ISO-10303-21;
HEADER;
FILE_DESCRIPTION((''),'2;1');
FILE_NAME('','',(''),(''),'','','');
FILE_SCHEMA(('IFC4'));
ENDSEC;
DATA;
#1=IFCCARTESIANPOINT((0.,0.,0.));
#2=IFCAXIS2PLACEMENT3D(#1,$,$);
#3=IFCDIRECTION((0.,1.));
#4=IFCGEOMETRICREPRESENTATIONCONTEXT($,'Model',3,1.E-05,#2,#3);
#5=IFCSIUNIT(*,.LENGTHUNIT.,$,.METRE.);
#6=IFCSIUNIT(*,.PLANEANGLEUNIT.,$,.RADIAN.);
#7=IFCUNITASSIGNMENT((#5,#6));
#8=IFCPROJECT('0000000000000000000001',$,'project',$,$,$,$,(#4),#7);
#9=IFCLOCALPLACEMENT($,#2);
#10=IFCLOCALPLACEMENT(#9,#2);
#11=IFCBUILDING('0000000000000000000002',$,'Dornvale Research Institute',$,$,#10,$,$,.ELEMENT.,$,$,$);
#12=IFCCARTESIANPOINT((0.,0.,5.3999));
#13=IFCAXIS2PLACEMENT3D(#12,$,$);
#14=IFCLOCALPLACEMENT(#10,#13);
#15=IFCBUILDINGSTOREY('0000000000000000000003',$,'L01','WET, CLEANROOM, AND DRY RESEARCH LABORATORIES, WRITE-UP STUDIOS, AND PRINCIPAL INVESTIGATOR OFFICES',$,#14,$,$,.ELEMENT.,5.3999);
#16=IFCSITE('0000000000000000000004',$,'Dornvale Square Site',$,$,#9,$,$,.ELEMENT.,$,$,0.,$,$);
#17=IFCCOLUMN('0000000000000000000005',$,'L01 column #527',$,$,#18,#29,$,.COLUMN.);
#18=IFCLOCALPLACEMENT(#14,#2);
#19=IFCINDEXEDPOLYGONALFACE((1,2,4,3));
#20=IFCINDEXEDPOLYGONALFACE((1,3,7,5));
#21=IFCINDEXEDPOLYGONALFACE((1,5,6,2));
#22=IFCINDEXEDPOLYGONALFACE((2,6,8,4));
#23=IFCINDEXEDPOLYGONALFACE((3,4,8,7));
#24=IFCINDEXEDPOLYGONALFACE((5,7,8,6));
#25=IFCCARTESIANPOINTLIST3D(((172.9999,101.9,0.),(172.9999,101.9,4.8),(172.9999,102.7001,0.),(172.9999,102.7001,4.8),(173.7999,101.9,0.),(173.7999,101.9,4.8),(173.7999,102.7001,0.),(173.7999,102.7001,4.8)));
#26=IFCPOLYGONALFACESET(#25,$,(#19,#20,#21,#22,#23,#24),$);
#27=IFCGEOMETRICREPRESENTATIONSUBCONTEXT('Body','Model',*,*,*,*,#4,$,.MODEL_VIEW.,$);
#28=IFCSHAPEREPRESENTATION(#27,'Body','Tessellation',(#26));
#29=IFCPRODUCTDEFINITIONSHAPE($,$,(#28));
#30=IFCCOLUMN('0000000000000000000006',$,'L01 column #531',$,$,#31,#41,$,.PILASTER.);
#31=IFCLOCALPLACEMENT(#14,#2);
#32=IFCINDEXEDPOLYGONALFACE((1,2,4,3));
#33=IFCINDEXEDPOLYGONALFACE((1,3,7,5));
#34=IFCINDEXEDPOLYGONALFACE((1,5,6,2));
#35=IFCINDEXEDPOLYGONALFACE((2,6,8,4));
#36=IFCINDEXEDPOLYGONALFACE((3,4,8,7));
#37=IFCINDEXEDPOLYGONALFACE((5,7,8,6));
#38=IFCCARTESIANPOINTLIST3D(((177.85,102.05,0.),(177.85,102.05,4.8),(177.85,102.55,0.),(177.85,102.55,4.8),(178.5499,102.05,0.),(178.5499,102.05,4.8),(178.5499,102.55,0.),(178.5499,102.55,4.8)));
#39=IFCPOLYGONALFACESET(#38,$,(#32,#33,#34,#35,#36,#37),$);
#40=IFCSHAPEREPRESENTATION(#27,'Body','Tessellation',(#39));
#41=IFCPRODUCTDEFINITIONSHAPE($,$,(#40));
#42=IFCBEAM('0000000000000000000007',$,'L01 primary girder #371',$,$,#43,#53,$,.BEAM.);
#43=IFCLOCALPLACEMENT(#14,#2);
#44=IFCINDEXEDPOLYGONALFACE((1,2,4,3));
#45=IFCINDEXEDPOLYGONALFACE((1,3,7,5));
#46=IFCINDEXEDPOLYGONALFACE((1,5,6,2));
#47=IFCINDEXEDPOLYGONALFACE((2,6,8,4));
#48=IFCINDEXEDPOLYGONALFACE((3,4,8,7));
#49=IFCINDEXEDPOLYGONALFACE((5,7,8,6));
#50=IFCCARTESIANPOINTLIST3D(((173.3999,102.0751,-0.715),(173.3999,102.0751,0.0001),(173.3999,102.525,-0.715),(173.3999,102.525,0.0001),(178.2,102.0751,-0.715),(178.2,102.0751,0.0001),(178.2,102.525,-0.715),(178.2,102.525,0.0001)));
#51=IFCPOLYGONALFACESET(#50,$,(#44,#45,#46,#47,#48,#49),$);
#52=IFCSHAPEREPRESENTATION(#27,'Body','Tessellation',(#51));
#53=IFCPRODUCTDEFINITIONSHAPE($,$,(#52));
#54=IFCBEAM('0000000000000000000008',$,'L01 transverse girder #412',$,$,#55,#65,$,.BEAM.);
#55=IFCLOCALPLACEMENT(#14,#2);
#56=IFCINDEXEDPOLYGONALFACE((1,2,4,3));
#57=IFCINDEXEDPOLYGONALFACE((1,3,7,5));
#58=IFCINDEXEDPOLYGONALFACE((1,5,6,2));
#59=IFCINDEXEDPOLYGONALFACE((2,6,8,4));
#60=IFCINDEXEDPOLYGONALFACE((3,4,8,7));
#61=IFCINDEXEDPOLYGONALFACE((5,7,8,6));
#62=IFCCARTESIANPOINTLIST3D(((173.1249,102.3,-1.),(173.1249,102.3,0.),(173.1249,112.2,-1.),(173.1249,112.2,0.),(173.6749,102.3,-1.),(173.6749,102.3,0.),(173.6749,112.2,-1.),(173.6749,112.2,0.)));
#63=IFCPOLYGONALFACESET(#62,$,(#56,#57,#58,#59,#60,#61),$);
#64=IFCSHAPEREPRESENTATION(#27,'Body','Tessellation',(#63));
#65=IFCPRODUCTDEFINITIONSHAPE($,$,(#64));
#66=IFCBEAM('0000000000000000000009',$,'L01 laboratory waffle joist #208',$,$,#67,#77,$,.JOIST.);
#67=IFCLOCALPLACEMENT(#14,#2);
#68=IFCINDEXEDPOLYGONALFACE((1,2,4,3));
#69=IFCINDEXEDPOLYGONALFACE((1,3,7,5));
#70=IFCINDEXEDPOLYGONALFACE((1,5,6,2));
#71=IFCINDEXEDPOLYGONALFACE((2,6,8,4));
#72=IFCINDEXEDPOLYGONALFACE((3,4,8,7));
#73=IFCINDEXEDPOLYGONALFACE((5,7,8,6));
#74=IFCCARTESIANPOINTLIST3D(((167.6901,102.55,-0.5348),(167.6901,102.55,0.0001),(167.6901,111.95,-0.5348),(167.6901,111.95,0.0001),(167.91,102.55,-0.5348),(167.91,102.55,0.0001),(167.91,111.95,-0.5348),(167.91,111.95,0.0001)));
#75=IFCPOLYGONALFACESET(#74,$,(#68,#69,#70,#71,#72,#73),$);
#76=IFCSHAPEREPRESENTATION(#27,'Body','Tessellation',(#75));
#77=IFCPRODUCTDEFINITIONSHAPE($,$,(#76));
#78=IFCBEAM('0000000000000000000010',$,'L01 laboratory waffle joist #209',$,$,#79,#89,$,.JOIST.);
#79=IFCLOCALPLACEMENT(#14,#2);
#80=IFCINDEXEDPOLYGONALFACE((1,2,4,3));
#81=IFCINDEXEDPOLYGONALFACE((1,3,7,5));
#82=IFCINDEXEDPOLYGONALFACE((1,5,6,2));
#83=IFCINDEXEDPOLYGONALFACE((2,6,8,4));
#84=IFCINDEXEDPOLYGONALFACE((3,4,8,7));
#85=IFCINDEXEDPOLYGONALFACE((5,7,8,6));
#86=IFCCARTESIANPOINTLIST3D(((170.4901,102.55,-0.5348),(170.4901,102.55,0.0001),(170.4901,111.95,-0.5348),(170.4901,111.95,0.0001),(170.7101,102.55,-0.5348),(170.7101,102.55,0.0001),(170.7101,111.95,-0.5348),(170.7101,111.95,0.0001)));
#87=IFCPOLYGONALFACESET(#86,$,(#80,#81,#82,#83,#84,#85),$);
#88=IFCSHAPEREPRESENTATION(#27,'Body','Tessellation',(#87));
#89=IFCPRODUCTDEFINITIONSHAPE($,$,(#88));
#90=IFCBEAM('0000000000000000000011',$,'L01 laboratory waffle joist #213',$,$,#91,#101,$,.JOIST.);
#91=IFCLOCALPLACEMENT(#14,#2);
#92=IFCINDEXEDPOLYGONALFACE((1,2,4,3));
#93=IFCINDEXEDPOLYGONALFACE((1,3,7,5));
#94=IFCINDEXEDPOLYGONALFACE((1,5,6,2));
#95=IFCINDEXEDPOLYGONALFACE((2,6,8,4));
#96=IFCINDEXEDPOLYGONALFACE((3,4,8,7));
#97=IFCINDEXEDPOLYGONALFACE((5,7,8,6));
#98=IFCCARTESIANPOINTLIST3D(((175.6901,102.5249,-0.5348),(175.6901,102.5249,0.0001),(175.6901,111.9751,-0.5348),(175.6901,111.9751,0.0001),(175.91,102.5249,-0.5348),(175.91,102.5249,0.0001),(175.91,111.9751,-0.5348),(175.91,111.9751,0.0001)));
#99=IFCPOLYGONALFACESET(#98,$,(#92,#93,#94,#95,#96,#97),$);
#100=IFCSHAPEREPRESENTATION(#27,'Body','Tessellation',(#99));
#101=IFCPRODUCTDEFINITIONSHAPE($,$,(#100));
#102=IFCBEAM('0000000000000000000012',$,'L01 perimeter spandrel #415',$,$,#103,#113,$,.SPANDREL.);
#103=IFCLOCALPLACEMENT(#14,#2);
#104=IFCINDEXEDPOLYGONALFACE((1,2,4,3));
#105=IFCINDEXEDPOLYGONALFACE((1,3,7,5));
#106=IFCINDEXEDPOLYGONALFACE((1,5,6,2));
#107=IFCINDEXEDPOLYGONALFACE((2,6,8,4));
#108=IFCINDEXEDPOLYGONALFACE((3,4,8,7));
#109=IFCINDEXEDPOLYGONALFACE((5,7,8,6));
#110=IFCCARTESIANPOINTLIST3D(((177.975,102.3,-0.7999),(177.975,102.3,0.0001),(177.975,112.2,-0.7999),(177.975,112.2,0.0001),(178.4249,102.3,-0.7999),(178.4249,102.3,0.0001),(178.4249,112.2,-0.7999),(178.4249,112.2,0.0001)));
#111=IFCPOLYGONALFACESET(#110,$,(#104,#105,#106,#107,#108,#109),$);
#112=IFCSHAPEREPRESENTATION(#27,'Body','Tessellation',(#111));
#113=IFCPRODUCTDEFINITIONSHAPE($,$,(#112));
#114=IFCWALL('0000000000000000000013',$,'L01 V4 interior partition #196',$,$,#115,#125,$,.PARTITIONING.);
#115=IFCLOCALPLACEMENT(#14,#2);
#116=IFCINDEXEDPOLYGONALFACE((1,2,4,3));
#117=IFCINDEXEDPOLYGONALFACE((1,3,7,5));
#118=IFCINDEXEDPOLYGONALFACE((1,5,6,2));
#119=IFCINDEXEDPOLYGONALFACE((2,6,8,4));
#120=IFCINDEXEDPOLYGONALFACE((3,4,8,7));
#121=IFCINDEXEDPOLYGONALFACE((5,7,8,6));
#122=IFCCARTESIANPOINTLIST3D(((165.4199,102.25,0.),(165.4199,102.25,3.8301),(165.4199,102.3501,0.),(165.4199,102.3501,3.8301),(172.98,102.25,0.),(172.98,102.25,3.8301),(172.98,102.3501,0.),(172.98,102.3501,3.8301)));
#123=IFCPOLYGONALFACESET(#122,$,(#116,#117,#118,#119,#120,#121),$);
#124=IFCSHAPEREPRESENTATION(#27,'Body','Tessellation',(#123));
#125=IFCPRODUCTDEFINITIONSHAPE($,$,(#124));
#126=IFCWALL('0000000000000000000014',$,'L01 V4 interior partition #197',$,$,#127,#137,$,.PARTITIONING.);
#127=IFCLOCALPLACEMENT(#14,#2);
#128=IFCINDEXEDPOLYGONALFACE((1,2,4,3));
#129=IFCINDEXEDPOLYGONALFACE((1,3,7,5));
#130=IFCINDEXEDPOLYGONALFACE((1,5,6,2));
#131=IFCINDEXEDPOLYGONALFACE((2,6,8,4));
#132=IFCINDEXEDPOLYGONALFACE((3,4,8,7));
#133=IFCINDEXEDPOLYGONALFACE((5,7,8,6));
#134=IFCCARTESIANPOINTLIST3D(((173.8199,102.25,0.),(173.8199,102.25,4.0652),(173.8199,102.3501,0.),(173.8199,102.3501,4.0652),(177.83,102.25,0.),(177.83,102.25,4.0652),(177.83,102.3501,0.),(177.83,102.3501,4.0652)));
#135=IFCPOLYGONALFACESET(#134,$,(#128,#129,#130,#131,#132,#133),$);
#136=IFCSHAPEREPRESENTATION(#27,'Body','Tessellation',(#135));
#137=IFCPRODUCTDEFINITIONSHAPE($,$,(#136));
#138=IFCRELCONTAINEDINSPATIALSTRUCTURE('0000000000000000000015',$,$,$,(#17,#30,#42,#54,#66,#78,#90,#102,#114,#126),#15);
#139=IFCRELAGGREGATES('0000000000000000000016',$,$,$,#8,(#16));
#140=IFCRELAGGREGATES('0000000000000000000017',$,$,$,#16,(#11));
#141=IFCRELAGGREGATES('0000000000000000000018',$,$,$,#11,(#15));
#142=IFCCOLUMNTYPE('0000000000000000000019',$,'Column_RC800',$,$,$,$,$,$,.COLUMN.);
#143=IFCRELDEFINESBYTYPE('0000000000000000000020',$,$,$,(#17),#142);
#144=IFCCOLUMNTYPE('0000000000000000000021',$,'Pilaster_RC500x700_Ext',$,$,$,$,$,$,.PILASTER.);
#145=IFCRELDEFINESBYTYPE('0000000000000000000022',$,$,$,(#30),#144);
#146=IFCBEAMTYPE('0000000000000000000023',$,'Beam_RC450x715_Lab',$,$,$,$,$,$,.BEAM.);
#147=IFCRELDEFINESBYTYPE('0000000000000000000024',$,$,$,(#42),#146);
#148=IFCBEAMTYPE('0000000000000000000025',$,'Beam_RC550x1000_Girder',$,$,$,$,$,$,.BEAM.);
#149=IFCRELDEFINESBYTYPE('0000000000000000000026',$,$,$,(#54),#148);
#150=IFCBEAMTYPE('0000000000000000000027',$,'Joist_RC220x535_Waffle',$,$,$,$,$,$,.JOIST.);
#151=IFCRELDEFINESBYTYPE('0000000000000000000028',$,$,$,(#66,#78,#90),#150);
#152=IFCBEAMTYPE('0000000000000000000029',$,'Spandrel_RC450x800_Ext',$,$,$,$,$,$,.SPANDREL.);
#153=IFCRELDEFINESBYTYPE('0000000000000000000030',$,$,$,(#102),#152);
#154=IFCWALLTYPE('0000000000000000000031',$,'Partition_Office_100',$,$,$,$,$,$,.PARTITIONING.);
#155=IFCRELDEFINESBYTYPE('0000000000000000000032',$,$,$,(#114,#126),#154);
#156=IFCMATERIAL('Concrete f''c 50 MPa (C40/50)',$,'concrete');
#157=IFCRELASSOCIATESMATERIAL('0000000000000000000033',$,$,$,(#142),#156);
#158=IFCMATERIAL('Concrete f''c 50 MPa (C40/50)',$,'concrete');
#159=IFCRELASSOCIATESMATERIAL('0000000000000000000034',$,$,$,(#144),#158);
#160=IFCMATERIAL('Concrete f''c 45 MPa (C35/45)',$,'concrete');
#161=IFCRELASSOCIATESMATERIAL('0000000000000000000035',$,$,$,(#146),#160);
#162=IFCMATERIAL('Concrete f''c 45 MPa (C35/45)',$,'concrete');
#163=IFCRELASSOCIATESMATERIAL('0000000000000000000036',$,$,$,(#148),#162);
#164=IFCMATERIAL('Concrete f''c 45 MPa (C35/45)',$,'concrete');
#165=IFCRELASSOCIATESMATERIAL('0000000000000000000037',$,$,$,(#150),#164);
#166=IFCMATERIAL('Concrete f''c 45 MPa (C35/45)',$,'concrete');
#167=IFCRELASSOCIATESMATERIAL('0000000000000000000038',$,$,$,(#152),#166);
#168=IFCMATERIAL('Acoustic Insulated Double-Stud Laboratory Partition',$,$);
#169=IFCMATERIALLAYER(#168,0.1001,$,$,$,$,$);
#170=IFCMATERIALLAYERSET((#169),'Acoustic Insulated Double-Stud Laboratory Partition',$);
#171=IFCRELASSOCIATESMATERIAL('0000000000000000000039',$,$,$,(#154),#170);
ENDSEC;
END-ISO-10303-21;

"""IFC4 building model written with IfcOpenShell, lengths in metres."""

from ifc_helpers import new_model, si_unit, direction, frame, frame_2d, origin, origin_2d, place, context, subcontext, project, spatial, rectangle, extrude, material, layer, layer_set, material_profile, profile_set, type_object, element, save


model = new_model("IFC4")

# Units and contexts
model_context = context("Model", 3, precision=1e-05, world=origin(), true_north=direction((0.0, 1.0)))
body_context = subcontext(model_context, "Body", "Model", "MODEL_VIEW")
ifc_project = project(units=[si_unit("LENGTHUNIT", "METRE"), si_unit("PLANEANGLEUNIT", "RADIAN")], contexts=[model_context])

# Site, building, storey
site_placement = place(None, origin())
site = spatial("IfcSite", under=ifc_project, at=site_placement, Name="Dornvale Square Site", CompositionType="ELEMENT", RefElevation=0.0)
building_placement = place(site_placement, origin())
building = spatial("IfcBuilding", under=site, at=building_placement, Name="Dornvale Research Institute", CompositionType="ELEMENT")
storey_placement = place(building_placement, frame((0.0, 0.0, 5.3999)))
storey = spatial("IfcBuildingStorey", under=building, at=storey_placement, Name="L01", Description="WET, CLEANROOM, AND DRY RESEARCH LABORATORIES, WRITE-UP STUDIOS, AND PRINCIPAL INVESTIGATOR OFFICES", CompositionType="ELEMENT", Elevation=5.3999)

# Columns
ifc_material_1 = material(Name="Concrete f'c 50 MPa (C40/50)", Category="concrete")
ifc_material_profile_1 = material_profile(ifc_material_1, rectangle(XDim=0.8, YDim=0.8, at=origin_2d()), Name="RC 800x800")
ifc_profile_set_1 = profile_set([ifc_material_profile_1], Name="Concrete f'c 50 MPa (C40/50)")
column_type_1 = type_object("IfcColumnType", Name="Column_RC800", PredefinedType="COLUMN", material=ifc_profile_set_1)
column_1_placement = place(storey_placement, frame((173.3999, 102.3, 0.0), z_axis=(0.0, 0.0, 1.0), x_axis=(1.0, 0.0, 0.0)))
element("IfcColumn", 1, at=column_1_placement, inside=storey, type_object=column_type_1, Name="L01 column #527", PredefinedType="COLUMN", context=body_context, shape_type="SweptSolid", body=[
    extrude(rectangle(XDim=0.8, YDim=0.8, at=origin_2d()), origin(), (0.0, 0.0, 1.0), 4.8),
])
ifc_material_2 = material(Name="Concrete f'c 50 MPa (C40/50)", Category="concrete")
ifc_material_profile_2 = material_profile(ifc_material_2, rectangle(XDim=0.5, YDim=0.7, at=origin_2d()), Name="RC 500x700")
ifc_profile_set_2 = profile_set([ifc_material_profile_2], Name="Concrete f'c 50 MPa (C40/50)")
column_type_2 = type_object("IfcColumnType", Name="Pilaster_RC500x700_Ext", PredefinedType="PILASTER", material=ifc_profile_set_2)
column_2_placement = place(storey_placement, frame((178.2, 102.3, 0.0), z_axis=(0.0, 0.0, 1.0), x_axis=(0.0, 1.0, 0.0)))
element("IfcColumn", 2, at=column_2_placement, inside=storey, type_object=column_type_2, Name="L01 column #531", PredefinedType="PILASTER", context=body_context, shape_type="SweptSolid", body=[
    extrude(rectangle(XDim=0.5, YDim=0.7, at=origin_2d()), origin(), (0.0, 0.0, 1.0), 4.8),
])

# Beams
ifc_material_3 = material(Name="Concrete f'c 45 MPa (C35/45)", Category="concrete")
ifc_material_profile_3 = material_profile(ifc_material_3, rectangle(XDim=0.45, YDim=0.7151, at=origin_2d()), Name="RC 450x715")
ifc_profile_set_3 = profile_set([ifc_material_profile_3], Name="Concrete f'c 45 MPa (C35/45)")
beam_type_1 = type_object("IfcBeamType", Name="Beam_RC450x715_Lab", PredefinedType="BEAM", material=ifc_profile_set_3)
beam_1_placement = place(storey_placement, frame((173.3999, 102.3, -0.3574), z_axis=(1.0, 0.0, 0.0), x_axis=(0.0, 1.0, 0.0)))
element("IfcBeam", 3, at=beam_1_placement, inside=storey, type_object=beam_type_1, Name="L01 primary girder #371", PredefinedType="BEAM", context=body_context, shape_type="SweptSolid", body=[
    extrude(rectangle(XDim=0.45, YDim=0.7151, at=origin_2d()), origin(), (0.0, 0.0, 1.0), 4.8),
])
ifc_material_4 = material(Name="Concrete f'c 45 MPa (C35/45)", Category="concrete")
ifc_material_profile_4 = material_profile(ifc_material_4, rectangle(XDim=0.55, YDim=1.0, at=origin_2d()), Name="RC 550x1000")
ifc_profile_set_4 = profile_set([ifc_material_profile_4], Name="Concrete f'c 45 MPa (C35/45)")
beam_type_2 = type_object("IfcBeamType", Name="Beam_RC550x1000_Girder", PredefinedType="BEAM", material=ifc_profile_set_4)
beam_2_placement = place(storey_placement, frame((173.3999, 102.3, -0.5), z_axis=(0.0, 1.0, 0.0), x_axis=(-1.0, 0.0, 0.0)))
element("IfcBeam", 4, at=beam_2_placement, inside=storey, type_object=beam_type_2, Name="L01 transverse girder #412", PredefinedType="BEAM", context=body_context, shape_type="SweptSolid", body=[
    extrude(rectangle(XDim=0.55, YDim=1.0, at=origin_2d()), origin(), (0.0, 0.0, 1.0), 9.8999),
])
ifc_material_5 = material(Name="Concrete f'c 45 MPa (C35/45)", Category="concrete")
ifc_material_profile_5 = material_profile(ifc_material_5, rectangle(XDim=0.22, YDim=0.5349, at=origin_2d()), Name="RC 220x535")
ifc_profile_set_5 = profile_set([ifc_material_profile_5], Name="Concrete f'c 45 MPa (C35/45)")
beam_type_3 = type_object("IfcBeamType", Name="Joist_RC220x535_Waffle", PredefinedType="JOIST", material=ifc_profile_set_5)
for number, where, z_axis, x_axis, name in (
    (5, (167.8, 102.55, -0.2673), (0.0, 1.0, 0.0), (-1.0, 0.0, 0.0), "L01 laboratory waffle joist #208"),
    (6, (170.6001, 102.55, -0.2673), (0.0, 1.0, 0.0), (-1.0, 0.0, 0.0), "L01 laboratory waffle joist #209"),
):
    element("IfcBeam", number, at=place(storey_placement, frame(where, z_axis=z_axis, x_axis=x_axis)), inside=storey, type_object=beam_type_3, Name=name, PredefinedType="JOIST", context=body_context, shape_type="SweptSolid", body=[
        extrude(rectangle(XDim=0.22, YDim=0.5349, at=origin_2d()), origin(), (0.0, 0.0, 1.0), 9.3999),
    ])
beam_3_placement = place(storey_placement, frame((175.8, 102.5249, -0.2673), z_axis=(0.0, 1.0, 0.0), x_axis=(-1.0, 0.0, 0.0)))
element("IfcBeam", 7, at=beam_3_placement, inside=storey, type_object=beam_type_3, Name="L01 laboratory waffle joist #213", PredefinedType="JOIST", context=body_context, shape_type="SweptSolid", body=[
    extrude(rectangle(XDim=0.22, YDim=0.5349, at=origin_2d()), origin(), (0.0, 0.0, 1.0), 9.4502),
])
ifc_material_6 = material(Name="Concrete f'c 45 MPa (C35/45)", Category="concrete")
ifc_material_profile_6 = material_profile(ifc_material_6, rectangle(XDim=0.45, YDim=0.8, at=origin_2d()), Name="RC 450x800")
ifc_profile_set_6 = profile_set([ifc_material_profile_6], Name="Concrete f'c 45 MPa (C35/45)")
beam_type_4 = type_object("IfcBeamType", Name="Spandrel_RC450x800_Ext", PredefinedType="SPANDREL", material=ifc_profile_set_6)
beam_4_placement = place(storey_placement, frame((178.2, 102.3, -0.3999), z_axis=(0.0, 1.0, 0.0), x_axis=(-1.0, 0.0, 0.0)))
element("IfcBeam", 8, at=beam_4_placement, inside=storey, type_object=beam_type_4, Name="L01 perimeter spandrel #415", PredefinedType="SPANDREL", context=body_context, shape_type="SweptSolid", body=[
    extrude(rectangle(XDim=0.45, YDim=0.8, at=origin_2d()), origin(), (0.0, 0.0, 1.0), 9.8999),
])

# Walls
ifc_material_7 = material(Name="Acoustic Insulated Double-Stud Laboratory Partition")
ifc_layer_1 = layer(ifc_material_7, 0.1001)
ifc_layer_set_1 = layer_set([ifc_layer_1], Name="Acoustic Insulated Double-Stud Laboratory Partition")
wall_type_1 = type_object("IfcWallType", Name="Partition_Office_100", PredefinedType="PARTITIONING", material=ifc_layer_set_1)
wall_1_placement = place(storey_placement, frame((165.4199, 102.3, 0.0), z_axis=(0.0, 0.0, 1.0), x_axis=(1.0, 0.0, 0.0)))
element("IfcWall", 9, at=wall_1_placement, inside=storey, type_object=wall_type_1, Name="L01 V4 interior partition #196", PredefinedType="PARTITIONING", context=body_context, shape_type="SweptSolid", body=[
    extrude(rectangle(XDim=7.5601, YDim=0.1001, at=frame_2d((3.78, 0.0))), origin(), (0.0, 0.0, 1.0), 3.8301),
])
wall_2_placement = place(storey_placement, frame((173.8201, 102.3, 0.0), z_axis=(0.0, 0.0, 1.0), x_axis=(1.0, 0.0, 0.0)))
element("IfcWall", 10, at=wall_2_placement, inside=storey, type_object=wall_type_1, Name="L01 V4 interior partition #197", PredefinedType="PARTITIONING", context=body_context, shape_type="SweptSolid", body=[
    extrude(rectangle(XDim=4.01, YDim=0.1001, at=frame_2d((2.0049, 0.0))), origin(), (0.0, 0.0, 1.0), 4.0652),
])

save(model, "model.ifc")
